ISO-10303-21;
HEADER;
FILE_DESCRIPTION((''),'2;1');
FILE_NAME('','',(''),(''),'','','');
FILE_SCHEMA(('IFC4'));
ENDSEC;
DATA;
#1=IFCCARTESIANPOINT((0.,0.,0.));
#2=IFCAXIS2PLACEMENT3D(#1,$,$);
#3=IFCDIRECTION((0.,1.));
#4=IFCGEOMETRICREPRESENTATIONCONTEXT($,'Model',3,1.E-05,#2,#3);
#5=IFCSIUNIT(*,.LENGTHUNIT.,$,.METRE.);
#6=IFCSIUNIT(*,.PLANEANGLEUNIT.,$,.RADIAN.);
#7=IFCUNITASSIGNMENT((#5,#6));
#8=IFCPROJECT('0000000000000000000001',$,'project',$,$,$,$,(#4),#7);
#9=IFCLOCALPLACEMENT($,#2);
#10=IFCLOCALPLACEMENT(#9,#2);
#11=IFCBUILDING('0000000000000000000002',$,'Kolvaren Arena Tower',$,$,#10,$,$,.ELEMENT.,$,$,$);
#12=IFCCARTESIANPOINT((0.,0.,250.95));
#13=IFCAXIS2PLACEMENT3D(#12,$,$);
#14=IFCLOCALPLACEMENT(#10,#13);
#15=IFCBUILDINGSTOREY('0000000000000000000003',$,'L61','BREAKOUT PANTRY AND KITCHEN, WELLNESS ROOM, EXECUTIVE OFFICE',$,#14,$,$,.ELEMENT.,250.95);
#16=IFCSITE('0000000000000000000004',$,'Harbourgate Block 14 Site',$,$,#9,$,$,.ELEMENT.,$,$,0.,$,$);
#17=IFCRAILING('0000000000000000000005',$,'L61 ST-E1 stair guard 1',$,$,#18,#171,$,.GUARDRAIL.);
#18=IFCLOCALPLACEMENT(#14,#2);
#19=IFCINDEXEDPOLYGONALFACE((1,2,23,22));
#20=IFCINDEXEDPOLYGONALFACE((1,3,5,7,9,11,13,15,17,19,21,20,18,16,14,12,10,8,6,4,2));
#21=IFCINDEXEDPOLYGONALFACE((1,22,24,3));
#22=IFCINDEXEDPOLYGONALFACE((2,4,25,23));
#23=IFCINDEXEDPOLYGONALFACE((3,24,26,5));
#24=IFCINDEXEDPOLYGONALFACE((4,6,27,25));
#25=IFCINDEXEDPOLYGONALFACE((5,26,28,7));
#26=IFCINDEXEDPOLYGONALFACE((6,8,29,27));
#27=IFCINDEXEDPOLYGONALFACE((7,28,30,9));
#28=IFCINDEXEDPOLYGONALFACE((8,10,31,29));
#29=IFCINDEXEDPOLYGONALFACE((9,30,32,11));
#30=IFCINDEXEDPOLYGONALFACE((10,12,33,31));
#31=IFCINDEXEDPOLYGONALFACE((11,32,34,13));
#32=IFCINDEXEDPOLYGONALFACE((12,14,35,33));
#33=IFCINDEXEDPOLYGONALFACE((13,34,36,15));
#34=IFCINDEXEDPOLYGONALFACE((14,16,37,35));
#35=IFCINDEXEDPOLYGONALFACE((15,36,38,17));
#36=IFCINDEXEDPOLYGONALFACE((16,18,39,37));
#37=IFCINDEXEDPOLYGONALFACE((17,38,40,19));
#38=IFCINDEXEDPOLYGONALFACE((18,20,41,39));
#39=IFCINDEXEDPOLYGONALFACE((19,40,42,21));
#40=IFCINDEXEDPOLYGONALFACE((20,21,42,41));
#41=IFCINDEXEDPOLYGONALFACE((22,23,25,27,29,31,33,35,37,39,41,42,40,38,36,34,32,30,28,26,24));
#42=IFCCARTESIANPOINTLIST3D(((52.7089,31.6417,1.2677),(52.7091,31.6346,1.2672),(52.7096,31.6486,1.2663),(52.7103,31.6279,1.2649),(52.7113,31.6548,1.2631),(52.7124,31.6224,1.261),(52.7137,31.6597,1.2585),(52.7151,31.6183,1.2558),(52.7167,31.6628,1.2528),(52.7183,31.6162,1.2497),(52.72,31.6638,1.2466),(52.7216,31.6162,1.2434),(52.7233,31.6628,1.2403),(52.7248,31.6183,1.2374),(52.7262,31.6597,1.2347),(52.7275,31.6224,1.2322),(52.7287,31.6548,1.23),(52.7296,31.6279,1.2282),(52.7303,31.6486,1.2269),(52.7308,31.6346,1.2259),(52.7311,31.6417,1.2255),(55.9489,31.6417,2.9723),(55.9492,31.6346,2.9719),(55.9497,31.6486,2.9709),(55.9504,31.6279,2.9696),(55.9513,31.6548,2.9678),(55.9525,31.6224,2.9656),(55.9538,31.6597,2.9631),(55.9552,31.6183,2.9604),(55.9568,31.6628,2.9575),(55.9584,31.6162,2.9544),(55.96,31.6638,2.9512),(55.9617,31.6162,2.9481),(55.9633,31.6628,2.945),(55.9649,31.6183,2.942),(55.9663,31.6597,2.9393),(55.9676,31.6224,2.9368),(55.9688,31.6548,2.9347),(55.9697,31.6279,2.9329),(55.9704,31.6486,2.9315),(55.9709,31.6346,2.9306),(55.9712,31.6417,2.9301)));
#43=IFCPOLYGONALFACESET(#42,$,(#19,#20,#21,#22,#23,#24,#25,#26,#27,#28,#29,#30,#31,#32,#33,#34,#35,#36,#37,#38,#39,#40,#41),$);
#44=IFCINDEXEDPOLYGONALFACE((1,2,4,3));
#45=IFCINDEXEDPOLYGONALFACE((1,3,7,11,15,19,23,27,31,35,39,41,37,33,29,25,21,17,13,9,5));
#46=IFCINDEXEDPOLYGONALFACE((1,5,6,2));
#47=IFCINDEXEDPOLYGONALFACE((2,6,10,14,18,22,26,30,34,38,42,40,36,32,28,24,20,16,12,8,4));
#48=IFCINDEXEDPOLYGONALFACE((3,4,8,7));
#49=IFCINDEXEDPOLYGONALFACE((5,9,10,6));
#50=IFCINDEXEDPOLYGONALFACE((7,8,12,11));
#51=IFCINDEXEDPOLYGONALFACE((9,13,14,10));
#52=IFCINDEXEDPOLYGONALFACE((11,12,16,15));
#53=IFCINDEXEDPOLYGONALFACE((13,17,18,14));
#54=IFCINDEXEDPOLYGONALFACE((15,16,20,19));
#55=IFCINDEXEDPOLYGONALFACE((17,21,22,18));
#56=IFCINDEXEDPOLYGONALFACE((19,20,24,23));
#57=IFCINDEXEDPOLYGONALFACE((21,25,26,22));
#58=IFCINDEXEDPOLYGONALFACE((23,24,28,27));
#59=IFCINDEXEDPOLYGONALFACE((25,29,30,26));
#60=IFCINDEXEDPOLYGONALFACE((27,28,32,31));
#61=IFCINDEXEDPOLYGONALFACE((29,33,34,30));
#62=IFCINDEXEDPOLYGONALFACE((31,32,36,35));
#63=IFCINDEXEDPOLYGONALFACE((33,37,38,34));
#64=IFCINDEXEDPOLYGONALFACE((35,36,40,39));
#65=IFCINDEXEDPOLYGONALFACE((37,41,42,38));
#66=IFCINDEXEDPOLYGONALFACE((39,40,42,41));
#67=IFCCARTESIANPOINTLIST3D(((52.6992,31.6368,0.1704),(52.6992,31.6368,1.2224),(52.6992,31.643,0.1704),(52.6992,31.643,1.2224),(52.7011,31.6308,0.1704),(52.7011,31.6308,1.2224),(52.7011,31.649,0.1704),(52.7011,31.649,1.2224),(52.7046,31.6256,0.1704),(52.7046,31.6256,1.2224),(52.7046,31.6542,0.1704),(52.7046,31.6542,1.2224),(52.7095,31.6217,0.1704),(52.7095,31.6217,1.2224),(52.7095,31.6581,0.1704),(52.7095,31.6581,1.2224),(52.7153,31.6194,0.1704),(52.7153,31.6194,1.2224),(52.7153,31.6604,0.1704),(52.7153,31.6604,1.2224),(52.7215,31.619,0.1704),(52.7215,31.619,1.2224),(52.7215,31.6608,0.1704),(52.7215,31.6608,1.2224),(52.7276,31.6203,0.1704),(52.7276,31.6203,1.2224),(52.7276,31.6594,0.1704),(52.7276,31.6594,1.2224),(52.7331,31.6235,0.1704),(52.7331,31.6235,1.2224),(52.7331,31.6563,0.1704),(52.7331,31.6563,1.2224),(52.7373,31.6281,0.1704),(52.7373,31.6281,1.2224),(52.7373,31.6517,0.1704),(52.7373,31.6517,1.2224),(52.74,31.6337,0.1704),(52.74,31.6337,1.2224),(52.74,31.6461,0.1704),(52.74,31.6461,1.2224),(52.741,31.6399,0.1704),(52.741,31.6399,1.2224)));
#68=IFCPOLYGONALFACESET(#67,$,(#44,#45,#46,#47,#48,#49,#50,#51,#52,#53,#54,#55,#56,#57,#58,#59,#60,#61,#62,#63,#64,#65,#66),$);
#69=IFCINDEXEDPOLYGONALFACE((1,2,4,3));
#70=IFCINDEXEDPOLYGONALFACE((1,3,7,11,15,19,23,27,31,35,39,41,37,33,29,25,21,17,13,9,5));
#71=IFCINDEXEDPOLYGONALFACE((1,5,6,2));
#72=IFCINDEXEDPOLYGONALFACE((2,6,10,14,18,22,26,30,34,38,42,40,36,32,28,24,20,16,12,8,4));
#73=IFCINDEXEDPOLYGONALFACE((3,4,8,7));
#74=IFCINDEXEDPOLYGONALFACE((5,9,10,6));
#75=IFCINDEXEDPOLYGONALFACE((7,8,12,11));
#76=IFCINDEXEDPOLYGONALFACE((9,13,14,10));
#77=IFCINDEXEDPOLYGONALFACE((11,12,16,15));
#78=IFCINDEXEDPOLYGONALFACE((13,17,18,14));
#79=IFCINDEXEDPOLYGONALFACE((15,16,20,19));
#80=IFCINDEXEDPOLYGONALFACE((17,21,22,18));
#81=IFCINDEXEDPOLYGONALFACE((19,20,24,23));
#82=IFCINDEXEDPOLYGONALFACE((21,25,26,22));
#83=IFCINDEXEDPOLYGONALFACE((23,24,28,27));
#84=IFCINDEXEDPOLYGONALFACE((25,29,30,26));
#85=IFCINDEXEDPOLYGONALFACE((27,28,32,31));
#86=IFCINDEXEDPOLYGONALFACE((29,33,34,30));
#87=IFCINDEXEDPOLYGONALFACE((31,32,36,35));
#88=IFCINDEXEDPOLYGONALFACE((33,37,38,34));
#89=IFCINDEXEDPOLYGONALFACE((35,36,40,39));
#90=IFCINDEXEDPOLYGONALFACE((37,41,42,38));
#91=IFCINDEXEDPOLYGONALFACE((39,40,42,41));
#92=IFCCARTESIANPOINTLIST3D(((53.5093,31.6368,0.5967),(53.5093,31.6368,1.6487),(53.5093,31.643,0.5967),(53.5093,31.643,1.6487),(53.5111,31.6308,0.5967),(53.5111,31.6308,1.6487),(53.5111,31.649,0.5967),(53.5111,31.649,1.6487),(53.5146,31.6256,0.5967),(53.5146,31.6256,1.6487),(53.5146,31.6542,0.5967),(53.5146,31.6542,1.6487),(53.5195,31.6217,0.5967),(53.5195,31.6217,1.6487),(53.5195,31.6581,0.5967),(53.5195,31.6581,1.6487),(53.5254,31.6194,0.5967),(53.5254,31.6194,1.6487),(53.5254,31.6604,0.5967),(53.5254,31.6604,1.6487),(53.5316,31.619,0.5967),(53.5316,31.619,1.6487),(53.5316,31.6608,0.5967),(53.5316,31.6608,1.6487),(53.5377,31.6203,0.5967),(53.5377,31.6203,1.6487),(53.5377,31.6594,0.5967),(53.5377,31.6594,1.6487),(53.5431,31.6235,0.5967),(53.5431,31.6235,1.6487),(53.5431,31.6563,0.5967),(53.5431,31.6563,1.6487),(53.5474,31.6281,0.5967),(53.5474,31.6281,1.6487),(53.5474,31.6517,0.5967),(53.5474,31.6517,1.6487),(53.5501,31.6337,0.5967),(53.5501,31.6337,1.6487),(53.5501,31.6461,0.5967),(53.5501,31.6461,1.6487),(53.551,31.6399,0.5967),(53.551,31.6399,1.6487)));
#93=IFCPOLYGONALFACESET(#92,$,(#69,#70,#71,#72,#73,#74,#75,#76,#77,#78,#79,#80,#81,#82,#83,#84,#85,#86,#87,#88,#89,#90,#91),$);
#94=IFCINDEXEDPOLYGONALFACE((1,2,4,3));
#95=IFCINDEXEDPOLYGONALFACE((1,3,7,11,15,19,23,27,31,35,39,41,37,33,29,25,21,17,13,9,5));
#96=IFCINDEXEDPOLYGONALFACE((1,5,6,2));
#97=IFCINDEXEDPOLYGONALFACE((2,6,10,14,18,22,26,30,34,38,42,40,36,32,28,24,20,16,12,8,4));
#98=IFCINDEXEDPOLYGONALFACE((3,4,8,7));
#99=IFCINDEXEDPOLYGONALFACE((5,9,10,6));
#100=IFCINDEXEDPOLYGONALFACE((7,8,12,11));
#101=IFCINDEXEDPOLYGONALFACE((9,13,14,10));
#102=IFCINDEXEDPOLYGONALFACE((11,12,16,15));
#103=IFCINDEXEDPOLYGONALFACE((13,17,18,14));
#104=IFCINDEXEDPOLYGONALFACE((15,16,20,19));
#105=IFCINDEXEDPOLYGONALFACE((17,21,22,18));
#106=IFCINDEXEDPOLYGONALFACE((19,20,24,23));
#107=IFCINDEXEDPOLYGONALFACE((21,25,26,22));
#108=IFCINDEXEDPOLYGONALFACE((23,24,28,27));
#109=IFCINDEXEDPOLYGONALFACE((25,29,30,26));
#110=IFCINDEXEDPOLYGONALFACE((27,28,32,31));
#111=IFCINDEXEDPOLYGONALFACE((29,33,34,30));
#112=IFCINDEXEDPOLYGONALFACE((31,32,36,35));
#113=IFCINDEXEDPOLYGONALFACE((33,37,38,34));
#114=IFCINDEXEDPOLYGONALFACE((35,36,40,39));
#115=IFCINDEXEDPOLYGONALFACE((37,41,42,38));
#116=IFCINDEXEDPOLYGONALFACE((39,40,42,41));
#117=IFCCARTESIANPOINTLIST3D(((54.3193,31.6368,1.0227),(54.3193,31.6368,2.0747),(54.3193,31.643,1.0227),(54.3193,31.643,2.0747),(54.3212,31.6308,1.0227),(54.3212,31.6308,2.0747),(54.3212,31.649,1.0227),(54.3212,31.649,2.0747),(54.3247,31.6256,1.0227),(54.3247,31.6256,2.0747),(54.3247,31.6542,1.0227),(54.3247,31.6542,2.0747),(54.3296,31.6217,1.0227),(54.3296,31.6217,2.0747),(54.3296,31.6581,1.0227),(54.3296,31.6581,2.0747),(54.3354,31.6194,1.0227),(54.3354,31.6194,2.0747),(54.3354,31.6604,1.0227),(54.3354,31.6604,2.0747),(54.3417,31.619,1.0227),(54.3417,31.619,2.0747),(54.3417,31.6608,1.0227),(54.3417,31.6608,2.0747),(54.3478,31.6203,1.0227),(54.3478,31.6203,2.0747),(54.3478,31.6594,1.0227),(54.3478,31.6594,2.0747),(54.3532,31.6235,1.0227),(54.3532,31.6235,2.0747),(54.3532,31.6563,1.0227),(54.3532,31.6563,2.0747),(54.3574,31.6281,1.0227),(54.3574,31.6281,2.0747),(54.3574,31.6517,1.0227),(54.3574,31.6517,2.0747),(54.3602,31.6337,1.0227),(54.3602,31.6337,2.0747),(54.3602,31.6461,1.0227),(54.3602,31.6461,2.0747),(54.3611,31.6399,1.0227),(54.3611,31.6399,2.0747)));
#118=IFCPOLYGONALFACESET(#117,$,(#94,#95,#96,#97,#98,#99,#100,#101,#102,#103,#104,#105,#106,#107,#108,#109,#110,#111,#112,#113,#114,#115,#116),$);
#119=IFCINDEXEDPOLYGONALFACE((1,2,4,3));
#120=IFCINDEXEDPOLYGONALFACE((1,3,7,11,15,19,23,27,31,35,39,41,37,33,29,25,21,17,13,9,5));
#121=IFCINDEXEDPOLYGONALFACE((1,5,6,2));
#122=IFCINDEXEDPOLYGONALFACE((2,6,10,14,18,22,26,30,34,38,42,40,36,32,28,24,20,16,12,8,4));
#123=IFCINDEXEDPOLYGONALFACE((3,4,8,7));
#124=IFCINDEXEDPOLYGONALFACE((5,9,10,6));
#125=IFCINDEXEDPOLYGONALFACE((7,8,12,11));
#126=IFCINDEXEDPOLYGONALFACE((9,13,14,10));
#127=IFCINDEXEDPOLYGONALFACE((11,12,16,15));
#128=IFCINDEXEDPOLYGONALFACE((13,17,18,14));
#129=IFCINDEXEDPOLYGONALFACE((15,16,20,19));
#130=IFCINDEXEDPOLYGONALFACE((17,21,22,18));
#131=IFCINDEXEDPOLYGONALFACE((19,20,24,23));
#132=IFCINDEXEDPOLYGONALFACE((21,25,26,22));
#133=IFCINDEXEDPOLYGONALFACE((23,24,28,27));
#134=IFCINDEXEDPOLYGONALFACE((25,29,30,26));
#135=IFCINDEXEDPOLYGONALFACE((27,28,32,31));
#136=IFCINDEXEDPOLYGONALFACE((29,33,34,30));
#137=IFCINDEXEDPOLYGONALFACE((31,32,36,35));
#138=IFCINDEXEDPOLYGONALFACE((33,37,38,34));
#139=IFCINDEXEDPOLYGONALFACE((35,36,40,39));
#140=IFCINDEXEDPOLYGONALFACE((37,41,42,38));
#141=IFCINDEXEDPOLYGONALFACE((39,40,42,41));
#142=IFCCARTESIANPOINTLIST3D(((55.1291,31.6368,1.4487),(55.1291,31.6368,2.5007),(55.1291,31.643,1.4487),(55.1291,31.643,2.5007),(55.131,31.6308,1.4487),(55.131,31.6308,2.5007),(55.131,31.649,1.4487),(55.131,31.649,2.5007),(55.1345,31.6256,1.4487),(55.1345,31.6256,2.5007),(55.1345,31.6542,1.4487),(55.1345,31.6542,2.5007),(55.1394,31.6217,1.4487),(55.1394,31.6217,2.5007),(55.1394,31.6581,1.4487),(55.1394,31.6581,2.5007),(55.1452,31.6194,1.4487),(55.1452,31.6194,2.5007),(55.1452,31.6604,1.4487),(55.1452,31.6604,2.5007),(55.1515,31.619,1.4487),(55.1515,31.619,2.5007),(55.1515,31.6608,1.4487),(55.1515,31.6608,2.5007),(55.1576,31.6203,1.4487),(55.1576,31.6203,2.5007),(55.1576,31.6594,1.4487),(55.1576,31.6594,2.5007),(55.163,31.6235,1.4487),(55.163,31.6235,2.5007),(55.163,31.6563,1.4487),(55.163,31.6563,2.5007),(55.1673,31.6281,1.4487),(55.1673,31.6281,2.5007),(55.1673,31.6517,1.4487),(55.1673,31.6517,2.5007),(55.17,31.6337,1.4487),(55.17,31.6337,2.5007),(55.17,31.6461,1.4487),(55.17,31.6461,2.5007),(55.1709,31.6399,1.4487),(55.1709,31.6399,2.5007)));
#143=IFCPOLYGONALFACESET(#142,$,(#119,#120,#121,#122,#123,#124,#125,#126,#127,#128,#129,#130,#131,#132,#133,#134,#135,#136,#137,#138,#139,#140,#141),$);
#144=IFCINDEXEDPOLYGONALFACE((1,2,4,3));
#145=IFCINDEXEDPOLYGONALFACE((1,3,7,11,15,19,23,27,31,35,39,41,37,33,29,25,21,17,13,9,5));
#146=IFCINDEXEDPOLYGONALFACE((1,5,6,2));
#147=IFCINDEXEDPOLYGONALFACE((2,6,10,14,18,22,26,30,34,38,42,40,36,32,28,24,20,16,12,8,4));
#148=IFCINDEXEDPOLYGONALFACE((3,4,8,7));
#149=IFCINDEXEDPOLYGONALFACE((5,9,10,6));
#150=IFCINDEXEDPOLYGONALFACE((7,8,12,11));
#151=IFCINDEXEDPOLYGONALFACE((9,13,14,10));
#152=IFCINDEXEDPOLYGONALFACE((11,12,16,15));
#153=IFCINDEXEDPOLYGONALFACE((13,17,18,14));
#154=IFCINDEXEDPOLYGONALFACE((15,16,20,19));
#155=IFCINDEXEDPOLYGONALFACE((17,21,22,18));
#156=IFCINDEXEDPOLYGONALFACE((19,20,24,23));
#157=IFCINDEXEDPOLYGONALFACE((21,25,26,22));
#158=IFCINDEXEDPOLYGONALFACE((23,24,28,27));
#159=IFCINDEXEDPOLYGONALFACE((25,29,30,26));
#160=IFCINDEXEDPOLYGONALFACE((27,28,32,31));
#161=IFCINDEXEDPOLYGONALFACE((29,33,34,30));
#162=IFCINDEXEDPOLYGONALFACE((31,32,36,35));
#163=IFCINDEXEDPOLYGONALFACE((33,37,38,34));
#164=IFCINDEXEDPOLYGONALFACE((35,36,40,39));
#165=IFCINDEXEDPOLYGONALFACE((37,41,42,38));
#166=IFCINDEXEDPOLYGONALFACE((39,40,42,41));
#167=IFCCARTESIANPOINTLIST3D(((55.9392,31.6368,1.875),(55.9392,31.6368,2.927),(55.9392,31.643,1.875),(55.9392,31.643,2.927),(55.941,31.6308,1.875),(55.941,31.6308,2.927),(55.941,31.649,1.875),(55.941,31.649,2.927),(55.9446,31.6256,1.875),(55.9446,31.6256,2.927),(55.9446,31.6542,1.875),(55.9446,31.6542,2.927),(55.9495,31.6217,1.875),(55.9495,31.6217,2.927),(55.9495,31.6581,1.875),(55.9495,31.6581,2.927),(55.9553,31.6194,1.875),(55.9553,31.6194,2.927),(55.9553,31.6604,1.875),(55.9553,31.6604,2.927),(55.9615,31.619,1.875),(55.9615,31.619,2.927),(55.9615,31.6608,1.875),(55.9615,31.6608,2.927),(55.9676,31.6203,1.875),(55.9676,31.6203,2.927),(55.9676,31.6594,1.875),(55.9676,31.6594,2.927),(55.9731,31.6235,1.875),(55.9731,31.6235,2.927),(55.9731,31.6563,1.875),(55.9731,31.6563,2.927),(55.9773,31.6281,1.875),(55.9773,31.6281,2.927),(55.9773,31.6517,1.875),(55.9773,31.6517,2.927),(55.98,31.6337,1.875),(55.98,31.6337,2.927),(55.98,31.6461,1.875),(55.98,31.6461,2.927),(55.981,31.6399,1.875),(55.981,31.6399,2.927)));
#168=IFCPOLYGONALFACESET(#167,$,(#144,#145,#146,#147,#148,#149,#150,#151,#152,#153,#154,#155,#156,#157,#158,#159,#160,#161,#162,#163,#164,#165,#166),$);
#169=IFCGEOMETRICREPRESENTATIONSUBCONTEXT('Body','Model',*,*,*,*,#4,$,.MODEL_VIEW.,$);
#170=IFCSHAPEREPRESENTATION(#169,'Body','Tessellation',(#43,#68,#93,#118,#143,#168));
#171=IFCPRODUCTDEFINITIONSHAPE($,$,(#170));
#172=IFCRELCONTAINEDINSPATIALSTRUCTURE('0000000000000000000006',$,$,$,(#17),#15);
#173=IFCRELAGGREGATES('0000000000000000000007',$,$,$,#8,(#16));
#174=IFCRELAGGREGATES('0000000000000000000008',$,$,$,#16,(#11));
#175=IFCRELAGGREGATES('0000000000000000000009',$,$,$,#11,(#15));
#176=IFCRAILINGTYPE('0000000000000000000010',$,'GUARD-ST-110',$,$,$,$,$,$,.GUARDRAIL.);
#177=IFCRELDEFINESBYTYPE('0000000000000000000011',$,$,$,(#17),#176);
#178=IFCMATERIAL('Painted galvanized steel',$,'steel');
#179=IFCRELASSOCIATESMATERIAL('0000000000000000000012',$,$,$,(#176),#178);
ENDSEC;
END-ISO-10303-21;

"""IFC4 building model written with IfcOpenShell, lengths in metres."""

from ifc_helpers import new_model, si_unit, direction, frame, origin, origin_2d, place, context, subcontext, project, spatial, circle, extrude, material, type_object, element, save


model = new_model("IFC4")

# Units and contexts
model_context = context("Model", 3, precision=1e-05, world=origin(), true_north=direction((0.0, 1.0)))
body_context = subcontext(model_context, "Body", "Model", "MODEL_VIEW")
ifc_project = project(units=[si_unit("LENGTHUNIT", "METRE"), si_unit("PLANEANGLEUNIT", "RADIAN")], contexts=[model_context])

# Site, building, storey
site_placement = place(None, origin())
site = spatial("IfcSite", under=ifc_project, at=site_placement, Name="Harbourgate Block 14 Site", CompositionType="ELEMENT", RefElevation=0.0)
building_placement = place(site_placement, origin())
building = spatial("IfcBuilding", under=site, at=building_placement, Name="Kolvaren Arena Tower", CompositionType="ELEMENT")
storey_placement = place(building_placement, frame((0.0, 0.0, 250.95)))
storey = spatial("IfcBuildingStorey", under=building, at=storey_placement, Name="L61", Description="BREAKOUT PANTRY AND KITCHEN, WELLNESS ROOM, EXECUTIVE OFFICE", CompositionType="ELEMENT", Elevation=250.95)

# Railing
ifc_material_1 = material(Name="Painted galvanized steel", Category="steel")
railing_type_1 = type_object("IfcRailingType", Name="GUARD-ST-110", PredefinedType="GUARDRAIL", material=ifc_material_1)
railing_1_placement = place(storey_placement, frame((52.72, 31.6399, 0.1704)))
element("IfcRailing", 1, at=railing_1_placement, inside=storey, type_object=railing_type_1, Name="L61 ST-E1 stair guard 1", PredefinedType="GUARDRAIL", context=body_context, shape_type="SweptSolid", body=[
    extrude(circle(Radius=0.0239, at=origin_2d()), frame((0.0, 0.0, 1.0762), z_axis=(0.884993, 0.0, 0.465604), x_axis=(0.0, 1.0, 0.0)), (0.0, 0.0, 1.0), 3.6611),
    extrude(circle(Radius=0.021, at=origin_2d()), origin(), (0.0, 0.0, 1.0), 1.052),
    extrude(circle(Radius=0.021, at=origin_2d()), frame((0.8101, 0.0, 0.4263)), (0.0, 0.0, 1.0), 1.052),
    extrude(circle(Radius=0.021, at=origin_2d()), frame((1.6201, 0.0, 0.8523)), (0.0, 0.0, 1.0), 1.052),
    extrude(circle(Radius=0.021, at=origin_2d()), frame((2.4299, 0.0, 1.2783)), (0.0, 0.0, 1.0), 1.052),
    extrude(circle(Radius=0.021, at=origin_2d()), frame((3.24, 0.0, 1.7046)), (0.0, 0.0, 1.0), 1.052),
])

save(model, "model.ifc")
